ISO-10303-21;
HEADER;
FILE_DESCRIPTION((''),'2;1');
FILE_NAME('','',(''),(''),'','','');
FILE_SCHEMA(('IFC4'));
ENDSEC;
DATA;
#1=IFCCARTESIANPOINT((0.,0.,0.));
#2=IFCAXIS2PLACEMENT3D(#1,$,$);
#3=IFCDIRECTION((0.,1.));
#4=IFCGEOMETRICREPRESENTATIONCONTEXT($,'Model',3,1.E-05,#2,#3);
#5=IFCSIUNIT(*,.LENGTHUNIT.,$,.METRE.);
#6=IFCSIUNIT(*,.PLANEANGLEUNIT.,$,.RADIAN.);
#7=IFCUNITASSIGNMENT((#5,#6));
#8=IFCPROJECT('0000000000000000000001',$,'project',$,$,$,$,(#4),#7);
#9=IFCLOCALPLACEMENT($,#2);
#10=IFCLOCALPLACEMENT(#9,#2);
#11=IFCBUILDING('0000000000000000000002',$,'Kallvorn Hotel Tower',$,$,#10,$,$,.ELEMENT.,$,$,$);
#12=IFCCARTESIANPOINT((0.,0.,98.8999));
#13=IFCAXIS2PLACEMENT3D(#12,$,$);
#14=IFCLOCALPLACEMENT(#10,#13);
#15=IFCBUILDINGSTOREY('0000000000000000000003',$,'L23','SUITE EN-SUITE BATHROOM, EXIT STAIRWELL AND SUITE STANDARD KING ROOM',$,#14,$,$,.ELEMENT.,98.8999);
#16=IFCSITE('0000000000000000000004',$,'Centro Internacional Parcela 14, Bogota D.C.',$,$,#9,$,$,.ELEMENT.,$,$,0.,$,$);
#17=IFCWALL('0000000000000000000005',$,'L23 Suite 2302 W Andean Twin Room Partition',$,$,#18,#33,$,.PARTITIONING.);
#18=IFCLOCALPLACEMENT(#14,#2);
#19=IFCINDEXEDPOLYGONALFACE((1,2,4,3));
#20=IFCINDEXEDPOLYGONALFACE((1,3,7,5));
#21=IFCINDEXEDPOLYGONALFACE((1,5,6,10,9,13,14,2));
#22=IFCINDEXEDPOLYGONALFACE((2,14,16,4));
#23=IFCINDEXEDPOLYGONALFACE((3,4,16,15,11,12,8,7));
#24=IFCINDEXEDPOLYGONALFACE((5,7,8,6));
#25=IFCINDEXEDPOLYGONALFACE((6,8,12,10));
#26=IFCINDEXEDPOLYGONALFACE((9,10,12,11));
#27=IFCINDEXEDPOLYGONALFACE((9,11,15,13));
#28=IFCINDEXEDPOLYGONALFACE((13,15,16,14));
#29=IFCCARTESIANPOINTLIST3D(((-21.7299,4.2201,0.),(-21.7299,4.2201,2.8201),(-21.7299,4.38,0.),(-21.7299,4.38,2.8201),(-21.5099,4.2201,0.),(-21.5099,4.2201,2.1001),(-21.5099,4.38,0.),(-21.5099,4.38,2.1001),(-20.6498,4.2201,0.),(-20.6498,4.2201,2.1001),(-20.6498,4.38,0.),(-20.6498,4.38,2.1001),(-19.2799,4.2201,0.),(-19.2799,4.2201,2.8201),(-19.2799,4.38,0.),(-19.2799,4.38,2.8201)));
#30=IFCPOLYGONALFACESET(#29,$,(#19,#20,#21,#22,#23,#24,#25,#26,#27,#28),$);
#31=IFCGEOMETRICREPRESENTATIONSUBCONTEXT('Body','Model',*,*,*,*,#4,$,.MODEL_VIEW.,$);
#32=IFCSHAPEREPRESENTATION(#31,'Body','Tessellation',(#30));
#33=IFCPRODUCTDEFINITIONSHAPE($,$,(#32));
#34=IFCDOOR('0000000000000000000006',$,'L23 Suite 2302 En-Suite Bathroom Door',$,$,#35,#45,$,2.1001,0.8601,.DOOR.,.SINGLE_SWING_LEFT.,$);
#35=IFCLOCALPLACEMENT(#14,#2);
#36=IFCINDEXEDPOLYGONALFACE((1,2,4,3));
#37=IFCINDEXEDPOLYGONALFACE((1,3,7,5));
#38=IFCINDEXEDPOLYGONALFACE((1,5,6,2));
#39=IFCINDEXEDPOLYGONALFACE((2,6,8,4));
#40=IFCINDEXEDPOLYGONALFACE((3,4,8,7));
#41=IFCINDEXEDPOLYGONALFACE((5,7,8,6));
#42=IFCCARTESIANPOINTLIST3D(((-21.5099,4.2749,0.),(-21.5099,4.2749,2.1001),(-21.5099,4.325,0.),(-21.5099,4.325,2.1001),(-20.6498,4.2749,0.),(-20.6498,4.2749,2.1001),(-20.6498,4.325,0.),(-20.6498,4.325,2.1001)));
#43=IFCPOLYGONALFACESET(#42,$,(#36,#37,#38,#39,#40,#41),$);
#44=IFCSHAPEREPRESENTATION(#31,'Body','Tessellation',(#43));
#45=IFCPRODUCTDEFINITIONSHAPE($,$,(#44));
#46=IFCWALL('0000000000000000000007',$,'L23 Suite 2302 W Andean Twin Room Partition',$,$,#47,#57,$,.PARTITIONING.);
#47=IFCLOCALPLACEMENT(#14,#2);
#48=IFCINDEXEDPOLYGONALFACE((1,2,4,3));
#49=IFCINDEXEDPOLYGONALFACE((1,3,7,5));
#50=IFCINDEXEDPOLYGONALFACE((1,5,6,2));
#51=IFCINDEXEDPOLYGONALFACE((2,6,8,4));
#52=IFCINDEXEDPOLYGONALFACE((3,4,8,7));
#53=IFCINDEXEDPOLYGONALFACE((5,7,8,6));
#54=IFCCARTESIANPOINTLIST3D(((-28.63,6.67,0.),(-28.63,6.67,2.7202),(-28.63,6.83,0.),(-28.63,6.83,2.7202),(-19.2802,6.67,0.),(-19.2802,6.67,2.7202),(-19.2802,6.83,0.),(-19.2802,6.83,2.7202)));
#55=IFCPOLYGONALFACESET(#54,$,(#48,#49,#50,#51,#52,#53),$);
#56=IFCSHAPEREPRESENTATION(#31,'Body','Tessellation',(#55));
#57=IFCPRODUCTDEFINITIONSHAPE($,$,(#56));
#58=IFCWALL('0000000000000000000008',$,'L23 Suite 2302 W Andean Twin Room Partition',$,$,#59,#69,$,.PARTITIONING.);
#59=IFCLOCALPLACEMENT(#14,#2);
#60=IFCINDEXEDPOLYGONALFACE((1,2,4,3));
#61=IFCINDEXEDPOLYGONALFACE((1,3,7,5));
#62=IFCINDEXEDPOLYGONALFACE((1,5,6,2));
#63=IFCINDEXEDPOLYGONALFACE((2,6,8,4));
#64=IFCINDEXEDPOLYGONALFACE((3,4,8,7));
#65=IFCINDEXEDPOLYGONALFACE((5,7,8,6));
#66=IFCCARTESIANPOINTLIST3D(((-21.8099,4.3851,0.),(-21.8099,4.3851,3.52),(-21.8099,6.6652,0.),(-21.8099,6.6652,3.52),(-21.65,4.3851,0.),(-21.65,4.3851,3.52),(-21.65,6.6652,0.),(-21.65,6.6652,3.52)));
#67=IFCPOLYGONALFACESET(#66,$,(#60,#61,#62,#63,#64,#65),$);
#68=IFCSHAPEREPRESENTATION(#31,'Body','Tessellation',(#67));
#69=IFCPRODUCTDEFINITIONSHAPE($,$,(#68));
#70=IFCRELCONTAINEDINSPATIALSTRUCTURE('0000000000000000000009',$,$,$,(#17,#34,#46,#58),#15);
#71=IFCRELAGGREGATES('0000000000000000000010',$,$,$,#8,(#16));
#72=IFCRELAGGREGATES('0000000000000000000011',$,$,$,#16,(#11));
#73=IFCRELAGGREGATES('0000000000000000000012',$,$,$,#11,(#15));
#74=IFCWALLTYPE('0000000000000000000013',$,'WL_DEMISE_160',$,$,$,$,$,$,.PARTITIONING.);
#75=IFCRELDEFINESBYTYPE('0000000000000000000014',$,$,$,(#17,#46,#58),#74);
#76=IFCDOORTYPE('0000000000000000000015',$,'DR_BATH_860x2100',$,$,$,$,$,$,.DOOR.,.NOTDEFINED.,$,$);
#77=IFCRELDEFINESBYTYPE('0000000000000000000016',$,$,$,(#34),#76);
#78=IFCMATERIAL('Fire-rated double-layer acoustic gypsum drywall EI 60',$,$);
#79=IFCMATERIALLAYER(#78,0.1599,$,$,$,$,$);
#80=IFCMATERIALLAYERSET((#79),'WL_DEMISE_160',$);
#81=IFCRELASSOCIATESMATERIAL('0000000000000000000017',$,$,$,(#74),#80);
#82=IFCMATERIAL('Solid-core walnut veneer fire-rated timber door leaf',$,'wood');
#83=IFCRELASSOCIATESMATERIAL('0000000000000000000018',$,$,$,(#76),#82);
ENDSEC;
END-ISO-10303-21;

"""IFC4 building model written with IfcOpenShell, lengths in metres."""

from ifc_helpers import new_model, si_unit, direction, frame, frame_2d, origin, place, context, subcontext, project, spatial, rectangle, extrude, material, layer, layer_set, type_object, element, fill, save


model = new_model("IFC4")

# Units and contexts
model_context = context("Model", 3, precision=1e-05, world=origin(), true_north=direction((0.0, 1.0)))
body_context = subcontext(model_context, "Body", "Model", "MODEL_VIEW")
ifc_project = project(units=[si_unit("LENGTHUNIT", "METRE"), si_unit("PLANEANGLEUNIT", "RADIAN")], contexts=[model_context])

# Site, building, storey
site_placement = place(None, origin())
site = spatial("IfcSite", under=ifc_project, at=site_placement, Name="Centro Internacional Parcela 14, Bogota D.C.", CompositionType="ELEMENT", RefElevation=0.0)
building_placement = place(site_placement, origin())
building = spatial("IfcBuilding", under=site, at=building_placement, Name="Kallvorn Hotel Tower", CompositionType="ELEMENT")
storey_placement = place(building_placement, frame((0.0, 0.0, 98.8999)))
storey = spatial("IfcBuildingStorey", under=building, at=storey_placement, Name="L23", Description="SUITE EN-SUITE BATHROOM, EXIT STAIRWELL AND SUITE STANDARD KING ROOM", CompositionType="ELEMENT", Elevation=98.8999)

# Wall, opening, door
ifc_material_1 = material(Name="Fire-rated double-layer acoustic gypsum drywall EI 60")
ifc_layer_1 = layer(ifc_material_1, 0.1599)
ifc_layer_set_1 = layer_set([ifc_layer_1], Name="WL_DEMISE_160")
wall_type = type_object("IfcWallType", Name="WL_DEMISE_160", PredefinedType="PARTITIONING", material=ifc_layer_set_1)
wall_1_placement = place(storey_placement, frame((-21.73, 4.3, 0.0), z_axis=(0.0, 0.0, 1.0), x_axis=(1.0, 0.0, 0.0)))
wall_1 = element("IfcWall", 1, at=wall_1_placement, inside=storey, type_object=wall_type, Name="L23 Suite 2302 W Andean Twin Room Partition", PredefinedType="PARTITIONING", context=body_context, shape_type="SweptSolid", body=[
    extrude(rectangle(XDim=2.45, YDim=0.1599, at=frame_2d((1.2251, 0.0))), origin(), (0.0, 0.0, 1.0), 2.8201),
])
opening_placement = place(wall_1_placement, frame((0.22, 0.0, 0.0)))
opening = element("IfcOpeningElement", 2, at=opening_placement, cuts=wall_1, PredefinedType="OPENING", context=body_context, shape_type="SweptSolid", body=[
    extrude(rectangle(XDim=0.8601, YDim=2.1001, at=frame_2d((0.4302, 1.05))), frame((0.0, 0.095, 0.0), z_axis=(0.0, -1.0, 0.0), x_axis=(1.0, 0.0, 0.0)), (0.0, 0.0, 1.0), 0.1899),
])
ifc_material_2 = material(Name="Solid-core walnut veneer fire-rated timber door leaf", Category="wood")
door_type = type_object("IfcDoorType", Name="DR_BATH_860x2100", OperationType="NOTDEFINED", PredefinedType="DOOR", material=ifc_material_2)
door_placement = place(opening_placement, origin())
door = element("IfcDoor", 3, at=door_placement, inside=storey, type_object=door_type, Name="L23 Suite 2302 En-Suite Bathroom Door", OperationType="SINGLE_SWING_LEFT", OverallHeight=2.1001, OverallWidth=0.8601, PredefinedType="DOOR", context=body_context, shape_type="SweptSolid", body=[
    extrude(rectangle(XDim=0.8601, YDim=2.1001, at=frame_2d((0.4302, 1.05))), frame((0.0, 0.0249, 0.0), z_axis=(0.0, -1.0, 0.0), x_axis=(1.0, 0.0, 0.0)), (0.0, 0.0, 1.0), 0.05),
])
fill(opening, door)

# Walls
wall_2_placement = place(storey_placement, frame((-28.6299, 6.75, 0.0), z_axis=(0.0, 0.0, 1.0), x_axis=(1.0, 0.0, 0.0)))
element("IfcWall", 4, at=wall_2_placement, inside=storey, type_object=wall_type, Name="L23 Suite 2302 W Andean Twin Room Partition", PredefinedType="PARTITIONING", context=body_context, shape_type="SweptSolid", body=[
    extrude(rectangle(XDim=9.3499, YDim=0.1599, at=frame_2d((4.6748, 0.0))), origin(), (0.0, 0.0, 1.0), 2.7202),
])
wall_3_placement = place(storey_placement, frame((-21.73, 4.385, 0.0), z_axis=(0.0, 0.0, 1.0), x_axis=(0.0, 1.0, 0.0)))
element("IfcWall", 5, at=wall_3_placement, inside=storey, type_object=wall_type, Name="L23 Suite 2302 W Andean Twin Room Partition", PredefinedType="PARTITIONING", context=body_context, shape_type="SweptSolid", body=[
    extrude(rectangle(XDim=2.28, YDim=0.1599, at=frame_2d((1.1401, 0.0))), origin(), (0.0, 0.0, 1.0), 3.52),
])

save(model, "model.ifc")
